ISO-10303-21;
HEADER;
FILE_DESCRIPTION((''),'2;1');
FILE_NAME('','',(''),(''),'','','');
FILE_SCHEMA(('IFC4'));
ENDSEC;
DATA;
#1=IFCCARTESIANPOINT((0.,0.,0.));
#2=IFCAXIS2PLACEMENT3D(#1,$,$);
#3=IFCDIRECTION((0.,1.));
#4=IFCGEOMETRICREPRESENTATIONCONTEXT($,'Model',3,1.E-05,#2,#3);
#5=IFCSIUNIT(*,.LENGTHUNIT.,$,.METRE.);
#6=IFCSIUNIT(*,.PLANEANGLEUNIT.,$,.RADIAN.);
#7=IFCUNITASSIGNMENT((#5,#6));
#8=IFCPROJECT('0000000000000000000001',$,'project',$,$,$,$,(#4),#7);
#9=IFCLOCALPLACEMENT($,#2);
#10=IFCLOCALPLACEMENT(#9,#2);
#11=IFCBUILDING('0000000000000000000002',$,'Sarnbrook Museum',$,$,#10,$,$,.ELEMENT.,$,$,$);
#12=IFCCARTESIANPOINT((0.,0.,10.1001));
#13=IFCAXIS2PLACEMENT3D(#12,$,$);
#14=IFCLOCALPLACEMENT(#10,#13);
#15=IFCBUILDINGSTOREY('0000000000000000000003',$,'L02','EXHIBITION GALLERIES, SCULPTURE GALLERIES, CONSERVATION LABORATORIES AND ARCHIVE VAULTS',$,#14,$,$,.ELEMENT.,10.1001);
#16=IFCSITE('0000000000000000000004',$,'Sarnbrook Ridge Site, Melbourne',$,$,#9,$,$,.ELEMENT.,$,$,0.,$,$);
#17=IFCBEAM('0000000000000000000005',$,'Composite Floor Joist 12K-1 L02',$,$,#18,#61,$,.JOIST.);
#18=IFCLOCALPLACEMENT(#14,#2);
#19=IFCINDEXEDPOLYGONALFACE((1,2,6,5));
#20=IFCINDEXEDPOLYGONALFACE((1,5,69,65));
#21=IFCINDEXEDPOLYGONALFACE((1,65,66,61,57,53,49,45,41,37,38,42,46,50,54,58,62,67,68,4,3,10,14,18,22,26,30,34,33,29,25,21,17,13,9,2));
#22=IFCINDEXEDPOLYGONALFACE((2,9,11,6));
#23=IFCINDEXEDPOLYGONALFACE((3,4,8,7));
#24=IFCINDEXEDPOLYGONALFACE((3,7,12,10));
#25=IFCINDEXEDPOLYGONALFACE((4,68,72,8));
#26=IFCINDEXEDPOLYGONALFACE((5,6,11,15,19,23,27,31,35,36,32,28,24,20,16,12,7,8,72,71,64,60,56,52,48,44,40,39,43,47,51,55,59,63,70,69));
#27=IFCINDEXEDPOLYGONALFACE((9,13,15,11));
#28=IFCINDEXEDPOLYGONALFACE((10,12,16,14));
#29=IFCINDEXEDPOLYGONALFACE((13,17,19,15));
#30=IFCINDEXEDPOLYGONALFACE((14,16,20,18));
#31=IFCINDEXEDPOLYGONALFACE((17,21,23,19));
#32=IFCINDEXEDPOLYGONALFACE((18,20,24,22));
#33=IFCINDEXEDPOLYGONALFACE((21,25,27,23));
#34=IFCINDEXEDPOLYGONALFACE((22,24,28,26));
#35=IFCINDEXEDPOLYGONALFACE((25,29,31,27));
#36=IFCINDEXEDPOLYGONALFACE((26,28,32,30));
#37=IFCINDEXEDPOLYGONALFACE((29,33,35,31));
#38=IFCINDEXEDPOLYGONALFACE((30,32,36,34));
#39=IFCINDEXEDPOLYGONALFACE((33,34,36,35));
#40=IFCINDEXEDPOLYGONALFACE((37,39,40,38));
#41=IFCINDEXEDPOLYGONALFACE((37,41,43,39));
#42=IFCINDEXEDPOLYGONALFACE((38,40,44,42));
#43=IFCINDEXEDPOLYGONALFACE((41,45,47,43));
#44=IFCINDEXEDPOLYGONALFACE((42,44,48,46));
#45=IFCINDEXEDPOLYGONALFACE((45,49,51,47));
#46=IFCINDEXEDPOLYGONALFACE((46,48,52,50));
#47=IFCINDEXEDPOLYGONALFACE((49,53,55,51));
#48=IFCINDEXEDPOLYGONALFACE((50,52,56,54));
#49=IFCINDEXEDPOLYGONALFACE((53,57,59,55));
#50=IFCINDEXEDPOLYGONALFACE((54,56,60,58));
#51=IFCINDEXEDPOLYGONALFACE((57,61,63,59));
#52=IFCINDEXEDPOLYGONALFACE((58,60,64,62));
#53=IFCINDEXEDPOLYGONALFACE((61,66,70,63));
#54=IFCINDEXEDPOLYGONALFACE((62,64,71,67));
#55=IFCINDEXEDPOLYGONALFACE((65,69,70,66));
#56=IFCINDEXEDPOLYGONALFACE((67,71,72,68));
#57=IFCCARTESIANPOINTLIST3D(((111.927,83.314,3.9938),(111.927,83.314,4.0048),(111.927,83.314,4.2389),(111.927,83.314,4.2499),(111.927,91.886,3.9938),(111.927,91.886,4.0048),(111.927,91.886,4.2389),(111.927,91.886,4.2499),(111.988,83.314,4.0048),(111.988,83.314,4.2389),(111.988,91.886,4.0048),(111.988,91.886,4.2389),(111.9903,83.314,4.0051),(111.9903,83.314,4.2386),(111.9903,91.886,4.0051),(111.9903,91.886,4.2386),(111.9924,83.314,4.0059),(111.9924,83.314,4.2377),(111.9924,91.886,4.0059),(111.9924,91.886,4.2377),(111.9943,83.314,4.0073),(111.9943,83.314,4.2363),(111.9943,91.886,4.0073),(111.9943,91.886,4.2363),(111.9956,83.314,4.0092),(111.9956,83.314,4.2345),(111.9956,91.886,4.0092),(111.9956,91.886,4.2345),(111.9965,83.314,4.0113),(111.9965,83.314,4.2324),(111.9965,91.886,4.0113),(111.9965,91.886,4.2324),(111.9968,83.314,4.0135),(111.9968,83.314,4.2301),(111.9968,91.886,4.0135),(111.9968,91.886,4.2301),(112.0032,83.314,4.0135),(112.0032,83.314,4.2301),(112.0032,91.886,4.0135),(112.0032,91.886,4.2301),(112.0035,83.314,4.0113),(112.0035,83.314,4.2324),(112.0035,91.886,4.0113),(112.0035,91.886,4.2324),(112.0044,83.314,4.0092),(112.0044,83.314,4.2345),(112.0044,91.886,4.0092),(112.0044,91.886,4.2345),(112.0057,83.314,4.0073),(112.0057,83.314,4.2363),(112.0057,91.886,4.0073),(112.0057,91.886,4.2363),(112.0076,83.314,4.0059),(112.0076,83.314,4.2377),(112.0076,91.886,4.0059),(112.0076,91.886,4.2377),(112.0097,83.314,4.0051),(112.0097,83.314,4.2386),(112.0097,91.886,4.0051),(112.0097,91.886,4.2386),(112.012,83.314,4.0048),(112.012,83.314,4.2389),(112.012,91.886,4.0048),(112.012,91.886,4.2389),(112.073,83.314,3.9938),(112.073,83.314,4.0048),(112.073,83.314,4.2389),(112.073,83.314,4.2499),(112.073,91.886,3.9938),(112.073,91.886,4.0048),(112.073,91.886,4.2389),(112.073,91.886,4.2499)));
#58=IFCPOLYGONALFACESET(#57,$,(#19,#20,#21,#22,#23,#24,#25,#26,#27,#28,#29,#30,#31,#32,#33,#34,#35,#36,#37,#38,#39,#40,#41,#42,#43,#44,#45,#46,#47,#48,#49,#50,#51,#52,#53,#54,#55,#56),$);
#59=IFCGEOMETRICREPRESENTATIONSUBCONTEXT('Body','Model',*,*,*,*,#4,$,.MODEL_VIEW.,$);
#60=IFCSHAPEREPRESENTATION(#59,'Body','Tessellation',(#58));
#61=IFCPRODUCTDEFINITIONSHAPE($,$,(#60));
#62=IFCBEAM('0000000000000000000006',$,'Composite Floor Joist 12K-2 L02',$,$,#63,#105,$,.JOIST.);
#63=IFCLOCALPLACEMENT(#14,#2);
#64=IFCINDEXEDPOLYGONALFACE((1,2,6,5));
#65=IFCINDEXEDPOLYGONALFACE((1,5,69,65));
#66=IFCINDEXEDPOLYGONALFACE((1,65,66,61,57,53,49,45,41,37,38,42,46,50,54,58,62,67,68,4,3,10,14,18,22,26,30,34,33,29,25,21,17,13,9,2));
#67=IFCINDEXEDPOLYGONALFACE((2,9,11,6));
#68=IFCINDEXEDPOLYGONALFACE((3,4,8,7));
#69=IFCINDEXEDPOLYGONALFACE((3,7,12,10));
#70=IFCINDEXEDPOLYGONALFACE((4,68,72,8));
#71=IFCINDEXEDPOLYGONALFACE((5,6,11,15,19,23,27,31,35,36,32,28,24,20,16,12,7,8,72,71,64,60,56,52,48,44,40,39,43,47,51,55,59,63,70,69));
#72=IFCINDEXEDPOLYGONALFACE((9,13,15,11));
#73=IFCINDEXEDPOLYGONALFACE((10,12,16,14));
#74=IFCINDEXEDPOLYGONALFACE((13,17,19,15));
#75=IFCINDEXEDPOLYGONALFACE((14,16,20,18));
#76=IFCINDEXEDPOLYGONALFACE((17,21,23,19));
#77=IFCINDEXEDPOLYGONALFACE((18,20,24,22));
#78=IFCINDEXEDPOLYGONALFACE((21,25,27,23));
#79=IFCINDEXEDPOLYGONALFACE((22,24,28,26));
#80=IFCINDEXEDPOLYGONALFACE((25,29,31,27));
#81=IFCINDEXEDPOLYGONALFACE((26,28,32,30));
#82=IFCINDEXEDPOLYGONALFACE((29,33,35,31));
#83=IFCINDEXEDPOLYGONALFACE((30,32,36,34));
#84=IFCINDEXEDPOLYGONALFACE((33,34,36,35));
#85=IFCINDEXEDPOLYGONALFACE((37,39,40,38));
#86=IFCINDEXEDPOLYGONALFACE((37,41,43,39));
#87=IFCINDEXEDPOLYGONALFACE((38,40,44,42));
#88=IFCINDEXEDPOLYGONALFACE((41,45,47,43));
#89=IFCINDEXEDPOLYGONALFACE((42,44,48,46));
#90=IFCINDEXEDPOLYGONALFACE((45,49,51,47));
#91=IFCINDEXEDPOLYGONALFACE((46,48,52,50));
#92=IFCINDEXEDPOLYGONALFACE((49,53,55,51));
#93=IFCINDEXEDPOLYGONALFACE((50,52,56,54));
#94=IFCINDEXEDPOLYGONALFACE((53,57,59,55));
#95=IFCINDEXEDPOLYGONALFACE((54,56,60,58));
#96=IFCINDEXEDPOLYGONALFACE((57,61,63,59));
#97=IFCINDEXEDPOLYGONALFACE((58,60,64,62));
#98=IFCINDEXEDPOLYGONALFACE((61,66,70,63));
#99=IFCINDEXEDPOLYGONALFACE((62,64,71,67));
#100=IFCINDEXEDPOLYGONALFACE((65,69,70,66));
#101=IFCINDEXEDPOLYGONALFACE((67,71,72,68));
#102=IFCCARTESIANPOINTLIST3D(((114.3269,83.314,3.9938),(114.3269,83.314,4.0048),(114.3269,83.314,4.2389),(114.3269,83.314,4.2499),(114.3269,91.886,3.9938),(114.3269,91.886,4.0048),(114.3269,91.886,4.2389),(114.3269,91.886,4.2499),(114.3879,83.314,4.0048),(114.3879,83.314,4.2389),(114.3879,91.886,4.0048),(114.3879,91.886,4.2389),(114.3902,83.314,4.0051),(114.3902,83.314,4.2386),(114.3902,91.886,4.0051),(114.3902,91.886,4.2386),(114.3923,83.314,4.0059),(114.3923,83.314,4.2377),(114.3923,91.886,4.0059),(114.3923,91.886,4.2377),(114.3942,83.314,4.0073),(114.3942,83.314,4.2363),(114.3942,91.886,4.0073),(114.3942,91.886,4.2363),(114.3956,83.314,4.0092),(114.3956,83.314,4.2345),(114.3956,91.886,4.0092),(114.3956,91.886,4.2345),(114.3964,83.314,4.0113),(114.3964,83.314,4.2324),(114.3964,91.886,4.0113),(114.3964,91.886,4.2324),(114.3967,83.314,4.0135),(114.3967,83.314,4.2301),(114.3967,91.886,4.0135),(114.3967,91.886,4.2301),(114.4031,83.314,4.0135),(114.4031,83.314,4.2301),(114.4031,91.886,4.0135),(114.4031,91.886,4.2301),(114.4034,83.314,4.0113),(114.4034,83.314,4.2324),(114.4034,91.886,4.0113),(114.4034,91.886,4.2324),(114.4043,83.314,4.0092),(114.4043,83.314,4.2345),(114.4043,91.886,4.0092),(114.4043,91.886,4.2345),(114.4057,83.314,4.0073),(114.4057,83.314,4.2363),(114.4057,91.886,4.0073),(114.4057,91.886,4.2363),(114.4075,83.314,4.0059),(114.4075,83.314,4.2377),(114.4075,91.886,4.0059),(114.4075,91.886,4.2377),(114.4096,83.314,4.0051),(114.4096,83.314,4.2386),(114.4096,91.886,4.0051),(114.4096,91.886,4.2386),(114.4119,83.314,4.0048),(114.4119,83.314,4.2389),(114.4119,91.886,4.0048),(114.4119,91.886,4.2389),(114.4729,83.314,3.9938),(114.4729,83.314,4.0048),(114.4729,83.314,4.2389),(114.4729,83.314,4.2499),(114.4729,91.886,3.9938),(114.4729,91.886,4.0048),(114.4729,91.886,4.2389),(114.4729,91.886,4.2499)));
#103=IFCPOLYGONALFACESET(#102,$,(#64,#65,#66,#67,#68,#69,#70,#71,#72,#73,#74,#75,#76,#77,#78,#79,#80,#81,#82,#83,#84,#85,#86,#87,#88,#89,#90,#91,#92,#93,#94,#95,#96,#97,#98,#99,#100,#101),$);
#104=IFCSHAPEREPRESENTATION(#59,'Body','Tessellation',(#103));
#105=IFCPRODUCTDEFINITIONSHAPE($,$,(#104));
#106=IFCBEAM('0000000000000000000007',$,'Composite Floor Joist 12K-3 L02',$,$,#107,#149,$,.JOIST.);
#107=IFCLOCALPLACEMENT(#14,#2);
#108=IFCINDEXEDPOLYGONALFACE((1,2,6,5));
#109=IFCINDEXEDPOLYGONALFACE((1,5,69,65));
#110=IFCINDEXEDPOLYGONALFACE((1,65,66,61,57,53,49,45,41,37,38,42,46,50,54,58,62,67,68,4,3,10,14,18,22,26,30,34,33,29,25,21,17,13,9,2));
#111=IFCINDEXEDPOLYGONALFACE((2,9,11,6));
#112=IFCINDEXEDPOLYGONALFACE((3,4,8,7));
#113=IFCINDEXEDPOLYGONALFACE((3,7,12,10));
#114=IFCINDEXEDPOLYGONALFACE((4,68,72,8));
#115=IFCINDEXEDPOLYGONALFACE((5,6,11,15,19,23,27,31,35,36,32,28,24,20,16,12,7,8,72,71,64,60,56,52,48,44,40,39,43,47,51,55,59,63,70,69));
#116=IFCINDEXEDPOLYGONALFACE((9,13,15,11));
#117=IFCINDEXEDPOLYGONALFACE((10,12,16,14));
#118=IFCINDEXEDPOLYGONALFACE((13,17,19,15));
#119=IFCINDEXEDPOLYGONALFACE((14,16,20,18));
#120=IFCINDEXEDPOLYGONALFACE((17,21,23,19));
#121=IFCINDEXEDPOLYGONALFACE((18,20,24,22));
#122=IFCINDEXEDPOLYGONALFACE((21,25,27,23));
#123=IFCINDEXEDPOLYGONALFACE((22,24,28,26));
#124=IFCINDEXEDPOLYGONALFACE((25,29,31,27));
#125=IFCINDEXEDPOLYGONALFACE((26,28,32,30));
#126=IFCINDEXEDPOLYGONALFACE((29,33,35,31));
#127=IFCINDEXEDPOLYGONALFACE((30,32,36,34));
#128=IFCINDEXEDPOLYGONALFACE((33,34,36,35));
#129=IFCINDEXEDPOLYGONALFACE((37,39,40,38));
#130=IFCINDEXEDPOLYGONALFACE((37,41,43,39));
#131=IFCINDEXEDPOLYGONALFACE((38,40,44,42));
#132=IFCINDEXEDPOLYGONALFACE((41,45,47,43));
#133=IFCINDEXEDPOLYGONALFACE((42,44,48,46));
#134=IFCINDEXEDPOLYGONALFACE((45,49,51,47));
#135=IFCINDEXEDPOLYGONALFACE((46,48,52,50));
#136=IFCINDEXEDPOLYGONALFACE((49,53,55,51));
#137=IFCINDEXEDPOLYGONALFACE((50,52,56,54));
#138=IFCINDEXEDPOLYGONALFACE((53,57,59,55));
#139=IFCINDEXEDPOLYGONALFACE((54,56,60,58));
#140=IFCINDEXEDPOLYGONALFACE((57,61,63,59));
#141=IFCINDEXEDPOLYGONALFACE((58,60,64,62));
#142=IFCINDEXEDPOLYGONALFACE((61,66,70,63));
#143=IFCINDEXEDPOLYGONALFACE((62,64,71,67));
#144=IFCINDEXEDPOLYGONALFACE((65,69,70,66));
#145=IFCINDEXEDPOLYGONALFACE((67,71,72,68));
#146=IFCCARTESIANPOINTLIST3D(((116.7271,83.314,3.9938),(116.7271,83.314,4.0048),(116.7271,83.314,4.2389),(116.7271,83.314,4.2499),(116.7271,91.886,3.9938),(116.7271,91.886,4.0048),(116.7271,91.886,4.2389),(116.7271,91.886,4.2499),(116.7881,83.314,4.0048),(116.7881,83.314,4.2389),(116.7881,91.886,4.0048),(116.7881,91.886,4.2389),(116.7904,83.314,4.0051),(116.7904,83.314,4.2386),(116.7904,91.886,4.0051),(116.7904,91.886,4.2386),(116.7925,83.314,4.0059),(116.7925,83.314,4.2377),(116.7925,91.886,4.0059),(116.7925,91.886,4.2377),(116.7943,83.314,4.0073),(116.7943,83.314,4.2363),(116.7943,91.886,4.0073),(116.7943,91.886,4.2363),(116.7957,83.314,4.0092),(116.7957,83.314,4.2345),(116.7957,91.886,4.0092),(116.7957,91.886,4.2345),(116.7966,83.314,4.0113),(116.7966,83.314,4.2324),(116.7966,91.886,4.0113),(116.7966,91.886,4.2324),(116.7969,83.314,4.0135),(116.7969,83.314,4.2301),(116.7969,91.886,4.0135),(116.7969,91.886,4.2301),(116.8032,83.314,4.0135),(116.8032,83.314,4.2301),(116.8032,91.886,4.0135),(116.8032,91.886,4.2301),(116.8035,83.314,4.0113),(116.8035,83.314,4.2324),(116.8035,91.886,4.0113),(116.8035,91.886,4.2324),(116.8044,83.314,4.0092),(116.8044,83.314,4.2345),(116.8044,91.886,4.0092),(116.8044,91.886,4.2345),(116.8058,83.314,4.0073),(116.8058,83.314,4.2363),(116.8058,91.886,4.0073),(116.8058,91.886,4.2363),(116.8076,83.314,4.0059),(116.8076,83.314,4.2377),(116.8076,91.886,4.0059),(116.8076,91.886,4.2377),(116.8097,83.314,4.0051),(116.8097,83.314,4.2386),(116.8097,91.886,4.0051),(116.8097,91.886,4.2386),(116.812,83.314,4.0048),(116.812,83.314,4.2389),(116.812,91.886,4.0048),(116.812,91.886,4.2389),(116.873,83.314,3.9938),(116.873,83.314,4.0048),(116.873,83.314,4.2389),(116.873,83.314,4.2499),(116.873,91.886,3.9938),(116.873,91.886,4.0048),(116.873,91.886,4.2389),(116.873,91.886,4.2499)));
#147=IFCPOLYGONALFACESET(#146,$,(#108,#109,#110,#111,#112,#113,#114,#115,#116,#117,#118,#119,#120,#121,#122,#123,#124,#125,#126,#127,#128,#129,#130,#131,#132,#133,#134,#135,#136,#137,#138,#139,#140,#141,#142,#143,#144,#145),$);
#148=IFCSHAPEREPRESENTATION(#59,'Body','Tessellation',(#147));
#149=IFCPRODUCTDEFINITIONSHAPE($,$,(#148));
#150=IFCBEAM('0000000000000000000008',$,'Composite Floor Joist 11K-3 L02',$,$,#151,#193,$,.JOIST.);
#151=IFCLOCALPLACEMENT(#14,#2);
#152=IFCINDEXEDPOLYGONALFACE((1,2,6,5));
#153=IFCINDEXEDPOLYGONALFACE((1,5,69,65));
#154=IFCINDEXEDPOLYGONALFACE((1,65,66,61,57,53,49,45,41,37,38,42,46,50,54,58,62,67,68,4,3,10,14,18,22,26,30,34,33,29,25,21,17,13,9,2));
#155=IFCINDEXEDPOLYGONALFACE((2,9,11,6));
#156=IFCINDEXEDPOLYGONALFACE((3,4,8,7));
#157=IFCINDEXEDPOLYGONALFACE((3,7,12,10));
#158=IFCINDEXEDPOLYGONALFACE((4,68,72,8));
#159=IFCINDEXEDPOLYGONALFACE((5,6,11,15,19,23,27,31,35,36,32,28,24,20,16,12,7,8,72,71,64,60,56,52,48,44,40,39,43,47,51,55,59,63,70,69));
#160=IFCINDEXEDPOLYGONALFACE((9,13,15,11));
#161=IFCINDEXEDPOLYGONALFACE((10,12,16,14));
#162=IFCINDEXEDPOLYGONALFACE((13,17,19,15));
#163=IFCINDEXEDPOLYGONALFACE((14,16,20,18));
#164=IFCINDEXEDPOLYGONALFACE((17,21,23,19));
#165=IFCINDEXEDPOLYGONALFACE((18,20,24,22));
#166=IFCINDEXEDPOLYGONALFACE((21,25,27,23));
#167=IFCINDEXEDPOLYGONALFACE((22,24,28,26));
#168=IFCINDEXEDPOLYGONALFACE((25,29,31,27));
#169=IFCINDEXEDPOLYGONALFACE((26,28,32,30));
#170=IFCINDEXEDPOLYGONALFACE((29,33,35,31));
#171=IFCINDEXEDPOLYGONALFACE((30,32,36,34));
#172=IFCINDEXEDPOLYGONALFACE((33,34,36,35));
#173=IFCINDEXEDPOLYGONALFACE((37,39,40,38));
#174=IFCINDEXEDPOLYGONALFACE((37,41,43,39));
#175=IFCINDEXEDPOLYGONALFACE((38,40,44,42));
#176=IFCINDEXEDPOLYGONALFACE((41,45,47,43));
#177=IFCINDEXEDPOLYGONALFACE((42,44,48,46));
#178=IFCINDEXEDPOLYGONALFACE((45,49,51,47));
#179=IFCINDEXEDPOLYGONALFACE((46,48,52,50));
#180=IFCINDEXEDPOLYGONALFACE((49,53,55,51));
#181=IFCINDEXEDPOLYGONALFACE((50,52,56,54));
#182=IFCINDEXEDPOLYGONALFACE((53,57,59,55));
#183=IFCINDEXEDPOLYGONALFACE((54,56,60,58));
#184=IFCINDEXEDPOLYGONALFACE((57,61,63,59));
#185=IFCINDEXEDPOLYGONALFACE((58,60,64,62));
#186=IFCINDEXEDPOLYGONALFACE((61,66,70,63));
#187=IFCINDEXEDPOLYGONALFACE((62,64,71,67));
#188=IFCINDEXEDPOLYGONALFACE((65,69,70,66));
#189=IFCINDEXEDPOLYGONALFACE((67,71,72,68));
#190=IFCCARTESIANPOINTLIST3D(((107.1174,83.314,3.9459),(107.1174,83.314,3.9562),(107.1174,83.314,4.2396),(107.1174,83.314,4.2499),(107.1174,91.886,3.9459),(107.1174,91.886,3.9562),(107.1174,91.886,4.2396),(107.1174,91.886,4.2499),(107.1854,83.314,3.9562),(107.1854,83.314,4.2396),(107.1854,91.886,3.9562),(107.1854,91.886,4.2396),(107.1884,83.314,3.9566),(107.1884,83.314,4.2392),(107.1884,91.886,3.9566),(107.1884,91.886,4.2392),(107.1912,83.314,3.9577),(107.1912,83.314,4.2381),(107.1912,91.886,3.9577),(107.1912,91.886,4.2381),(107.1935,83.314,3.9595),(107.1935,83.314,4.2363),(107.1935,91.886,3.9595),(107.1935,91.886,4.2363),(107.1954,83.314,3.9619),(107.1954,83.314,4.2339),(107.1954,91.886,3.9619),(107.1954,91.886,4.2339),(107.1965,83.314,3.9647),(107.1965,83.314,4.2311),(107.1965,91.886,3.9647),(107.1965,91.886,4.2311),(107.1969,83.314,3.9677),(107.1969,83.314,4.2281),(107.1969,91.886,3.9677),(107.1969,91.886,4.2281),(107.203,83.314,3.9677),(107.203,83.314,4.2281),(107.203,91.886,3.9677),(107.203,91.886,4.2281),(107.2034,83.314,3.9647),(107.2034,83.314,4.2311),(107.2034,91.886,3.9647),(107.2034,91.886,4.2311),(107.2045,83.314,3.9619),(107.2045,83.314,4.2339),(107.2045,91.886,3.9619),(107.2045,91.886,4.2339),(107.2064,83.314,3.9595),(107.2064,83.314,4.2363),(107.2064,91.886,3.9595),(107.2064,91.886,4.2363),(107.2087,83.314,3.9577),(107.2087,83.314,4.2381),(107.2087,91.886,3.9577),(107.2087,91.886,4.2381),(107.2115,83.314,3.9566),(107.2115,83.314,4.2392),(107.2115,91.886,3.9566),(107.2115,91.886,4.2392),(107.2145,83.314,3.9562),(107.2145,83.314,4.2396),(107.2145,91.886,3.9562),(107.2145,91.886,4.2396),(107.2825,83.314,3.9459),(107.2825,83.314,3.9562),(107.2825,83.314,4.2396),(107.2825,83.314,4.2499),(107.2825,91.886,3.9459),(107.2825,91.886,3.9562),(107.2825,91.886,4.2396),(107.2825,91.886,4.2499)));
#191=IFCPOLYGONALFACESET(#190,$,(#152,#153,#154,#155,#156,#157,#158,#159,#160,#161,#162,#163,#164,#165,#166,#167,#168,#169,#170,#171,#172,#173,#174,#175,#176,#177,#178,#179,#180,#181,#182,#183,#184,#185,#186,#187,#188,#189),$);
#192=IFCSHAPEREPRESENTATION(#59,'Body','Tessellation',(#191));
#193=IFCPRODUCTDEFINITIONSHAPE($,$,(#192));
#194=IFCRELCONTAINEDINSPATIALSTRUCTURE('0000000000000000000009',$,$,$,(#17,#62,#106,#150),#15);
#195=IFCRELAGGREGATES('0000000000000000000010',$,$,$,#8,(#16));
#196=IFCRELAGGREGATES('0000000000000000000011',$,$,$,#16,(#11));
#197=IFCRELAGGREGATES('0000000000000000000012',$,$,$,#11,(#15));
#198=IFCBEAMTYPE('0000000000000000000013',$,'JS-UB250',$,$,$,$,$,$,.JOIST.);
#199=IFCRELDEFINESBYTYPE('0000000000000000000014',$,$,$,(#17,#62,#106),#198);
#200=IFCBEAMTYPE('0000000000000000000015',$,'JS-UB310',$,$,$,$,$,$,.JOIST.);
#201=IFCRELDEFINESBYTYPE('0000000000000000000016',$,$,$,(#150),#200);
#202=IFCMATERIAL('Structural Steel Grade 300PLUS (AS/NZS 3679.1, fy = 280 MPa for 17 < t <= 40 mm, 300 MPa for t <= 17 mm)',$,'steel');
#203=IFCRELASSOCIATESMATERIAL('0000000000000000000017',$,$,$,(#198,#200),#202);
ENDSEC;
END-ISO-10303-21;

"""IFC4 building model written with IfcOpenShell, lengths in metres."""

from ifc_helpers import new_model, si_unit, direction, frame, origin, origin_2d, place, context, subcontext, project, spatial, i_section, extrude, material, material_profile, profile_set, type_object, element, save


model = new_model("IFC4")

# Units and contexts
model_context = context("Model", 3, precision=1e-05, world=origin(), true_north=direction((0.0, 1.0)))
body_context = subcontext(model_context, "Body", "Model", "MODEL_VIEW")
ifc_project = project(units=[si_unit("LENGTHUNIT", "METRE"), si_unit("PLANEANGLEUNIT", "RADIAN")], contexts=[model_context])

# Site, building, storey
site_placement = place(None, origin())
site = spatial("IfcSite", under=ifc_project, at=site_placement, Name="Sarnbrook Ridge Site, Melbourne", CompositionType="ELEMENT", RefElevation=0.0)
building_placement = place(site_placement, origin())
building = spatial("IfcBuilding", under=site, at=building_placement, Name="Sarnbrook Museum", CompositionType="ELEMENT")
storey_placement = place(building_placement, frame((0.0, 0.0, 10.1001)))
storey = spatial("IfcBuildingStorey", under=building, at=storey_placement, Name="L02", Description="EXHIBITION GALLERIES, SCULPTURE GALLERIES, CONSERVATION LABORATORIES AND ARCHIVE VAULTS", CompositionType="ELEMENT", Elevation=10.1001)

# Beams
ifc_material_1 = material(Name="Structural Steel Grade 300PLUS (AS/NZS 3679.1, fy = 280 MPa for 17 < t <= 40 mm, 300 MPa for t <= 17 mm)", Category="steel")
ifc_material_profile_1 = material_profile(ifc_material_1, i_section(OverallWidth=0.146, OverallDepth=0.2561, WebThickness=0.0063, FlangeThickness=0.011, FilletRadius=0.0088, at=origin_2d()), Name="250UB37.3")
ifc_profile_set_1 = profile_set([ifc_material_profile_1], Name="Structural Steel Grade 300PLUS (AS/NZS 3679.1, fy = 280 MPa for 17 < t <= 40 mm, 300 MPa for t <= 17 mm)")
beam_type_1 = type_object("IfcBeamType", Name="JS-UB250", PredefinedType="JOIST", material=ifc_profile_set_1)
for number, where, z_axis, x_axis, name in (
    (1, (112.0, 83.314, 4.1218), (0.0, 1.0, 0.0), (-1.0, 0.0, 0.0), "Composite Floor Joist 12K-1 L02"),
    (2, (114.3999, 83.314, 4.1218), (0.0, 1.0, 0.0), (-1.0, 0.0, 0.0), "Composite Floor Joist 12K-2 L02"),
    (3, (116.8, 83.314, 4.1218), (0.0, 1.0, 0.0), (-1.0, 0.0, 0.0), "Composite Floor Joist 12K-3 L02"),
):
    element("IfcBeam", number, at=place(storey_placement, frame(where, z_axis=z_axis, x_axis=x_axis)), inside=storey, type_object=beam_type_1, Name=name, PredefinedType="JOIST", context=body_context, shape_type="SweptSolid", body=[
        extrude(i_section(OverallWidth=0.146, OverallDepth=0.2561, WebThickness=0.0063, FlangeThickness=0.011, FilletRadius=0.0088, at=origin_2d()), origin(), (0.0, 0.0, 1.0), 8.572),
    ])
ifc_material_profile_2 = material_profile(ifc_material_1, i_section(OverallWidth=0.165, OverallDepth=0.304, WebThickness=0.0061, FlangeThickness=0.0103, FilletRadius=0.0115, at=origin_2d()), Name="310UB40.4")
ifc_profile_set_2 = profile_set([ifc_material_profile_2], Name="Structural Steel Grade 300PLUS (AS/NZS 3679.1, fy = 280 MPa for 17 < t <= 40 mm, 300 MPa for t <= 17 mm)")
beam_type_2 = type_object("IfcBeamType", Name="JS-UB310", PredefinedType="JOIST", material=ifc_profile_set_2)
beam_placement = place(storey_placement, frame((107.2, 83.314, 4.0979), z_axis=(0.0, 1.0, 0.0), x_axis=(-1.0, 0.0, 0.0)))
element("IfcBeam", 4, at=beam_placement, inside=storey, type_object=beam_type_2, Name="Composite Floor Joist 11K-3 L02", PredefinedType="JOIST", context=body_context, shape_type="SweptSolid", body=[
    extrude(i_section(OverallWidth=0.165, OverallDepth=0.304, WebThickness=0.0061, FlangeThickness=0.0103, FilletRadius=0.0115, at=origin_2d()), origin(), (0.0, 0.0, 1.0), 8.572),
])

save(model, "model.ifc")
